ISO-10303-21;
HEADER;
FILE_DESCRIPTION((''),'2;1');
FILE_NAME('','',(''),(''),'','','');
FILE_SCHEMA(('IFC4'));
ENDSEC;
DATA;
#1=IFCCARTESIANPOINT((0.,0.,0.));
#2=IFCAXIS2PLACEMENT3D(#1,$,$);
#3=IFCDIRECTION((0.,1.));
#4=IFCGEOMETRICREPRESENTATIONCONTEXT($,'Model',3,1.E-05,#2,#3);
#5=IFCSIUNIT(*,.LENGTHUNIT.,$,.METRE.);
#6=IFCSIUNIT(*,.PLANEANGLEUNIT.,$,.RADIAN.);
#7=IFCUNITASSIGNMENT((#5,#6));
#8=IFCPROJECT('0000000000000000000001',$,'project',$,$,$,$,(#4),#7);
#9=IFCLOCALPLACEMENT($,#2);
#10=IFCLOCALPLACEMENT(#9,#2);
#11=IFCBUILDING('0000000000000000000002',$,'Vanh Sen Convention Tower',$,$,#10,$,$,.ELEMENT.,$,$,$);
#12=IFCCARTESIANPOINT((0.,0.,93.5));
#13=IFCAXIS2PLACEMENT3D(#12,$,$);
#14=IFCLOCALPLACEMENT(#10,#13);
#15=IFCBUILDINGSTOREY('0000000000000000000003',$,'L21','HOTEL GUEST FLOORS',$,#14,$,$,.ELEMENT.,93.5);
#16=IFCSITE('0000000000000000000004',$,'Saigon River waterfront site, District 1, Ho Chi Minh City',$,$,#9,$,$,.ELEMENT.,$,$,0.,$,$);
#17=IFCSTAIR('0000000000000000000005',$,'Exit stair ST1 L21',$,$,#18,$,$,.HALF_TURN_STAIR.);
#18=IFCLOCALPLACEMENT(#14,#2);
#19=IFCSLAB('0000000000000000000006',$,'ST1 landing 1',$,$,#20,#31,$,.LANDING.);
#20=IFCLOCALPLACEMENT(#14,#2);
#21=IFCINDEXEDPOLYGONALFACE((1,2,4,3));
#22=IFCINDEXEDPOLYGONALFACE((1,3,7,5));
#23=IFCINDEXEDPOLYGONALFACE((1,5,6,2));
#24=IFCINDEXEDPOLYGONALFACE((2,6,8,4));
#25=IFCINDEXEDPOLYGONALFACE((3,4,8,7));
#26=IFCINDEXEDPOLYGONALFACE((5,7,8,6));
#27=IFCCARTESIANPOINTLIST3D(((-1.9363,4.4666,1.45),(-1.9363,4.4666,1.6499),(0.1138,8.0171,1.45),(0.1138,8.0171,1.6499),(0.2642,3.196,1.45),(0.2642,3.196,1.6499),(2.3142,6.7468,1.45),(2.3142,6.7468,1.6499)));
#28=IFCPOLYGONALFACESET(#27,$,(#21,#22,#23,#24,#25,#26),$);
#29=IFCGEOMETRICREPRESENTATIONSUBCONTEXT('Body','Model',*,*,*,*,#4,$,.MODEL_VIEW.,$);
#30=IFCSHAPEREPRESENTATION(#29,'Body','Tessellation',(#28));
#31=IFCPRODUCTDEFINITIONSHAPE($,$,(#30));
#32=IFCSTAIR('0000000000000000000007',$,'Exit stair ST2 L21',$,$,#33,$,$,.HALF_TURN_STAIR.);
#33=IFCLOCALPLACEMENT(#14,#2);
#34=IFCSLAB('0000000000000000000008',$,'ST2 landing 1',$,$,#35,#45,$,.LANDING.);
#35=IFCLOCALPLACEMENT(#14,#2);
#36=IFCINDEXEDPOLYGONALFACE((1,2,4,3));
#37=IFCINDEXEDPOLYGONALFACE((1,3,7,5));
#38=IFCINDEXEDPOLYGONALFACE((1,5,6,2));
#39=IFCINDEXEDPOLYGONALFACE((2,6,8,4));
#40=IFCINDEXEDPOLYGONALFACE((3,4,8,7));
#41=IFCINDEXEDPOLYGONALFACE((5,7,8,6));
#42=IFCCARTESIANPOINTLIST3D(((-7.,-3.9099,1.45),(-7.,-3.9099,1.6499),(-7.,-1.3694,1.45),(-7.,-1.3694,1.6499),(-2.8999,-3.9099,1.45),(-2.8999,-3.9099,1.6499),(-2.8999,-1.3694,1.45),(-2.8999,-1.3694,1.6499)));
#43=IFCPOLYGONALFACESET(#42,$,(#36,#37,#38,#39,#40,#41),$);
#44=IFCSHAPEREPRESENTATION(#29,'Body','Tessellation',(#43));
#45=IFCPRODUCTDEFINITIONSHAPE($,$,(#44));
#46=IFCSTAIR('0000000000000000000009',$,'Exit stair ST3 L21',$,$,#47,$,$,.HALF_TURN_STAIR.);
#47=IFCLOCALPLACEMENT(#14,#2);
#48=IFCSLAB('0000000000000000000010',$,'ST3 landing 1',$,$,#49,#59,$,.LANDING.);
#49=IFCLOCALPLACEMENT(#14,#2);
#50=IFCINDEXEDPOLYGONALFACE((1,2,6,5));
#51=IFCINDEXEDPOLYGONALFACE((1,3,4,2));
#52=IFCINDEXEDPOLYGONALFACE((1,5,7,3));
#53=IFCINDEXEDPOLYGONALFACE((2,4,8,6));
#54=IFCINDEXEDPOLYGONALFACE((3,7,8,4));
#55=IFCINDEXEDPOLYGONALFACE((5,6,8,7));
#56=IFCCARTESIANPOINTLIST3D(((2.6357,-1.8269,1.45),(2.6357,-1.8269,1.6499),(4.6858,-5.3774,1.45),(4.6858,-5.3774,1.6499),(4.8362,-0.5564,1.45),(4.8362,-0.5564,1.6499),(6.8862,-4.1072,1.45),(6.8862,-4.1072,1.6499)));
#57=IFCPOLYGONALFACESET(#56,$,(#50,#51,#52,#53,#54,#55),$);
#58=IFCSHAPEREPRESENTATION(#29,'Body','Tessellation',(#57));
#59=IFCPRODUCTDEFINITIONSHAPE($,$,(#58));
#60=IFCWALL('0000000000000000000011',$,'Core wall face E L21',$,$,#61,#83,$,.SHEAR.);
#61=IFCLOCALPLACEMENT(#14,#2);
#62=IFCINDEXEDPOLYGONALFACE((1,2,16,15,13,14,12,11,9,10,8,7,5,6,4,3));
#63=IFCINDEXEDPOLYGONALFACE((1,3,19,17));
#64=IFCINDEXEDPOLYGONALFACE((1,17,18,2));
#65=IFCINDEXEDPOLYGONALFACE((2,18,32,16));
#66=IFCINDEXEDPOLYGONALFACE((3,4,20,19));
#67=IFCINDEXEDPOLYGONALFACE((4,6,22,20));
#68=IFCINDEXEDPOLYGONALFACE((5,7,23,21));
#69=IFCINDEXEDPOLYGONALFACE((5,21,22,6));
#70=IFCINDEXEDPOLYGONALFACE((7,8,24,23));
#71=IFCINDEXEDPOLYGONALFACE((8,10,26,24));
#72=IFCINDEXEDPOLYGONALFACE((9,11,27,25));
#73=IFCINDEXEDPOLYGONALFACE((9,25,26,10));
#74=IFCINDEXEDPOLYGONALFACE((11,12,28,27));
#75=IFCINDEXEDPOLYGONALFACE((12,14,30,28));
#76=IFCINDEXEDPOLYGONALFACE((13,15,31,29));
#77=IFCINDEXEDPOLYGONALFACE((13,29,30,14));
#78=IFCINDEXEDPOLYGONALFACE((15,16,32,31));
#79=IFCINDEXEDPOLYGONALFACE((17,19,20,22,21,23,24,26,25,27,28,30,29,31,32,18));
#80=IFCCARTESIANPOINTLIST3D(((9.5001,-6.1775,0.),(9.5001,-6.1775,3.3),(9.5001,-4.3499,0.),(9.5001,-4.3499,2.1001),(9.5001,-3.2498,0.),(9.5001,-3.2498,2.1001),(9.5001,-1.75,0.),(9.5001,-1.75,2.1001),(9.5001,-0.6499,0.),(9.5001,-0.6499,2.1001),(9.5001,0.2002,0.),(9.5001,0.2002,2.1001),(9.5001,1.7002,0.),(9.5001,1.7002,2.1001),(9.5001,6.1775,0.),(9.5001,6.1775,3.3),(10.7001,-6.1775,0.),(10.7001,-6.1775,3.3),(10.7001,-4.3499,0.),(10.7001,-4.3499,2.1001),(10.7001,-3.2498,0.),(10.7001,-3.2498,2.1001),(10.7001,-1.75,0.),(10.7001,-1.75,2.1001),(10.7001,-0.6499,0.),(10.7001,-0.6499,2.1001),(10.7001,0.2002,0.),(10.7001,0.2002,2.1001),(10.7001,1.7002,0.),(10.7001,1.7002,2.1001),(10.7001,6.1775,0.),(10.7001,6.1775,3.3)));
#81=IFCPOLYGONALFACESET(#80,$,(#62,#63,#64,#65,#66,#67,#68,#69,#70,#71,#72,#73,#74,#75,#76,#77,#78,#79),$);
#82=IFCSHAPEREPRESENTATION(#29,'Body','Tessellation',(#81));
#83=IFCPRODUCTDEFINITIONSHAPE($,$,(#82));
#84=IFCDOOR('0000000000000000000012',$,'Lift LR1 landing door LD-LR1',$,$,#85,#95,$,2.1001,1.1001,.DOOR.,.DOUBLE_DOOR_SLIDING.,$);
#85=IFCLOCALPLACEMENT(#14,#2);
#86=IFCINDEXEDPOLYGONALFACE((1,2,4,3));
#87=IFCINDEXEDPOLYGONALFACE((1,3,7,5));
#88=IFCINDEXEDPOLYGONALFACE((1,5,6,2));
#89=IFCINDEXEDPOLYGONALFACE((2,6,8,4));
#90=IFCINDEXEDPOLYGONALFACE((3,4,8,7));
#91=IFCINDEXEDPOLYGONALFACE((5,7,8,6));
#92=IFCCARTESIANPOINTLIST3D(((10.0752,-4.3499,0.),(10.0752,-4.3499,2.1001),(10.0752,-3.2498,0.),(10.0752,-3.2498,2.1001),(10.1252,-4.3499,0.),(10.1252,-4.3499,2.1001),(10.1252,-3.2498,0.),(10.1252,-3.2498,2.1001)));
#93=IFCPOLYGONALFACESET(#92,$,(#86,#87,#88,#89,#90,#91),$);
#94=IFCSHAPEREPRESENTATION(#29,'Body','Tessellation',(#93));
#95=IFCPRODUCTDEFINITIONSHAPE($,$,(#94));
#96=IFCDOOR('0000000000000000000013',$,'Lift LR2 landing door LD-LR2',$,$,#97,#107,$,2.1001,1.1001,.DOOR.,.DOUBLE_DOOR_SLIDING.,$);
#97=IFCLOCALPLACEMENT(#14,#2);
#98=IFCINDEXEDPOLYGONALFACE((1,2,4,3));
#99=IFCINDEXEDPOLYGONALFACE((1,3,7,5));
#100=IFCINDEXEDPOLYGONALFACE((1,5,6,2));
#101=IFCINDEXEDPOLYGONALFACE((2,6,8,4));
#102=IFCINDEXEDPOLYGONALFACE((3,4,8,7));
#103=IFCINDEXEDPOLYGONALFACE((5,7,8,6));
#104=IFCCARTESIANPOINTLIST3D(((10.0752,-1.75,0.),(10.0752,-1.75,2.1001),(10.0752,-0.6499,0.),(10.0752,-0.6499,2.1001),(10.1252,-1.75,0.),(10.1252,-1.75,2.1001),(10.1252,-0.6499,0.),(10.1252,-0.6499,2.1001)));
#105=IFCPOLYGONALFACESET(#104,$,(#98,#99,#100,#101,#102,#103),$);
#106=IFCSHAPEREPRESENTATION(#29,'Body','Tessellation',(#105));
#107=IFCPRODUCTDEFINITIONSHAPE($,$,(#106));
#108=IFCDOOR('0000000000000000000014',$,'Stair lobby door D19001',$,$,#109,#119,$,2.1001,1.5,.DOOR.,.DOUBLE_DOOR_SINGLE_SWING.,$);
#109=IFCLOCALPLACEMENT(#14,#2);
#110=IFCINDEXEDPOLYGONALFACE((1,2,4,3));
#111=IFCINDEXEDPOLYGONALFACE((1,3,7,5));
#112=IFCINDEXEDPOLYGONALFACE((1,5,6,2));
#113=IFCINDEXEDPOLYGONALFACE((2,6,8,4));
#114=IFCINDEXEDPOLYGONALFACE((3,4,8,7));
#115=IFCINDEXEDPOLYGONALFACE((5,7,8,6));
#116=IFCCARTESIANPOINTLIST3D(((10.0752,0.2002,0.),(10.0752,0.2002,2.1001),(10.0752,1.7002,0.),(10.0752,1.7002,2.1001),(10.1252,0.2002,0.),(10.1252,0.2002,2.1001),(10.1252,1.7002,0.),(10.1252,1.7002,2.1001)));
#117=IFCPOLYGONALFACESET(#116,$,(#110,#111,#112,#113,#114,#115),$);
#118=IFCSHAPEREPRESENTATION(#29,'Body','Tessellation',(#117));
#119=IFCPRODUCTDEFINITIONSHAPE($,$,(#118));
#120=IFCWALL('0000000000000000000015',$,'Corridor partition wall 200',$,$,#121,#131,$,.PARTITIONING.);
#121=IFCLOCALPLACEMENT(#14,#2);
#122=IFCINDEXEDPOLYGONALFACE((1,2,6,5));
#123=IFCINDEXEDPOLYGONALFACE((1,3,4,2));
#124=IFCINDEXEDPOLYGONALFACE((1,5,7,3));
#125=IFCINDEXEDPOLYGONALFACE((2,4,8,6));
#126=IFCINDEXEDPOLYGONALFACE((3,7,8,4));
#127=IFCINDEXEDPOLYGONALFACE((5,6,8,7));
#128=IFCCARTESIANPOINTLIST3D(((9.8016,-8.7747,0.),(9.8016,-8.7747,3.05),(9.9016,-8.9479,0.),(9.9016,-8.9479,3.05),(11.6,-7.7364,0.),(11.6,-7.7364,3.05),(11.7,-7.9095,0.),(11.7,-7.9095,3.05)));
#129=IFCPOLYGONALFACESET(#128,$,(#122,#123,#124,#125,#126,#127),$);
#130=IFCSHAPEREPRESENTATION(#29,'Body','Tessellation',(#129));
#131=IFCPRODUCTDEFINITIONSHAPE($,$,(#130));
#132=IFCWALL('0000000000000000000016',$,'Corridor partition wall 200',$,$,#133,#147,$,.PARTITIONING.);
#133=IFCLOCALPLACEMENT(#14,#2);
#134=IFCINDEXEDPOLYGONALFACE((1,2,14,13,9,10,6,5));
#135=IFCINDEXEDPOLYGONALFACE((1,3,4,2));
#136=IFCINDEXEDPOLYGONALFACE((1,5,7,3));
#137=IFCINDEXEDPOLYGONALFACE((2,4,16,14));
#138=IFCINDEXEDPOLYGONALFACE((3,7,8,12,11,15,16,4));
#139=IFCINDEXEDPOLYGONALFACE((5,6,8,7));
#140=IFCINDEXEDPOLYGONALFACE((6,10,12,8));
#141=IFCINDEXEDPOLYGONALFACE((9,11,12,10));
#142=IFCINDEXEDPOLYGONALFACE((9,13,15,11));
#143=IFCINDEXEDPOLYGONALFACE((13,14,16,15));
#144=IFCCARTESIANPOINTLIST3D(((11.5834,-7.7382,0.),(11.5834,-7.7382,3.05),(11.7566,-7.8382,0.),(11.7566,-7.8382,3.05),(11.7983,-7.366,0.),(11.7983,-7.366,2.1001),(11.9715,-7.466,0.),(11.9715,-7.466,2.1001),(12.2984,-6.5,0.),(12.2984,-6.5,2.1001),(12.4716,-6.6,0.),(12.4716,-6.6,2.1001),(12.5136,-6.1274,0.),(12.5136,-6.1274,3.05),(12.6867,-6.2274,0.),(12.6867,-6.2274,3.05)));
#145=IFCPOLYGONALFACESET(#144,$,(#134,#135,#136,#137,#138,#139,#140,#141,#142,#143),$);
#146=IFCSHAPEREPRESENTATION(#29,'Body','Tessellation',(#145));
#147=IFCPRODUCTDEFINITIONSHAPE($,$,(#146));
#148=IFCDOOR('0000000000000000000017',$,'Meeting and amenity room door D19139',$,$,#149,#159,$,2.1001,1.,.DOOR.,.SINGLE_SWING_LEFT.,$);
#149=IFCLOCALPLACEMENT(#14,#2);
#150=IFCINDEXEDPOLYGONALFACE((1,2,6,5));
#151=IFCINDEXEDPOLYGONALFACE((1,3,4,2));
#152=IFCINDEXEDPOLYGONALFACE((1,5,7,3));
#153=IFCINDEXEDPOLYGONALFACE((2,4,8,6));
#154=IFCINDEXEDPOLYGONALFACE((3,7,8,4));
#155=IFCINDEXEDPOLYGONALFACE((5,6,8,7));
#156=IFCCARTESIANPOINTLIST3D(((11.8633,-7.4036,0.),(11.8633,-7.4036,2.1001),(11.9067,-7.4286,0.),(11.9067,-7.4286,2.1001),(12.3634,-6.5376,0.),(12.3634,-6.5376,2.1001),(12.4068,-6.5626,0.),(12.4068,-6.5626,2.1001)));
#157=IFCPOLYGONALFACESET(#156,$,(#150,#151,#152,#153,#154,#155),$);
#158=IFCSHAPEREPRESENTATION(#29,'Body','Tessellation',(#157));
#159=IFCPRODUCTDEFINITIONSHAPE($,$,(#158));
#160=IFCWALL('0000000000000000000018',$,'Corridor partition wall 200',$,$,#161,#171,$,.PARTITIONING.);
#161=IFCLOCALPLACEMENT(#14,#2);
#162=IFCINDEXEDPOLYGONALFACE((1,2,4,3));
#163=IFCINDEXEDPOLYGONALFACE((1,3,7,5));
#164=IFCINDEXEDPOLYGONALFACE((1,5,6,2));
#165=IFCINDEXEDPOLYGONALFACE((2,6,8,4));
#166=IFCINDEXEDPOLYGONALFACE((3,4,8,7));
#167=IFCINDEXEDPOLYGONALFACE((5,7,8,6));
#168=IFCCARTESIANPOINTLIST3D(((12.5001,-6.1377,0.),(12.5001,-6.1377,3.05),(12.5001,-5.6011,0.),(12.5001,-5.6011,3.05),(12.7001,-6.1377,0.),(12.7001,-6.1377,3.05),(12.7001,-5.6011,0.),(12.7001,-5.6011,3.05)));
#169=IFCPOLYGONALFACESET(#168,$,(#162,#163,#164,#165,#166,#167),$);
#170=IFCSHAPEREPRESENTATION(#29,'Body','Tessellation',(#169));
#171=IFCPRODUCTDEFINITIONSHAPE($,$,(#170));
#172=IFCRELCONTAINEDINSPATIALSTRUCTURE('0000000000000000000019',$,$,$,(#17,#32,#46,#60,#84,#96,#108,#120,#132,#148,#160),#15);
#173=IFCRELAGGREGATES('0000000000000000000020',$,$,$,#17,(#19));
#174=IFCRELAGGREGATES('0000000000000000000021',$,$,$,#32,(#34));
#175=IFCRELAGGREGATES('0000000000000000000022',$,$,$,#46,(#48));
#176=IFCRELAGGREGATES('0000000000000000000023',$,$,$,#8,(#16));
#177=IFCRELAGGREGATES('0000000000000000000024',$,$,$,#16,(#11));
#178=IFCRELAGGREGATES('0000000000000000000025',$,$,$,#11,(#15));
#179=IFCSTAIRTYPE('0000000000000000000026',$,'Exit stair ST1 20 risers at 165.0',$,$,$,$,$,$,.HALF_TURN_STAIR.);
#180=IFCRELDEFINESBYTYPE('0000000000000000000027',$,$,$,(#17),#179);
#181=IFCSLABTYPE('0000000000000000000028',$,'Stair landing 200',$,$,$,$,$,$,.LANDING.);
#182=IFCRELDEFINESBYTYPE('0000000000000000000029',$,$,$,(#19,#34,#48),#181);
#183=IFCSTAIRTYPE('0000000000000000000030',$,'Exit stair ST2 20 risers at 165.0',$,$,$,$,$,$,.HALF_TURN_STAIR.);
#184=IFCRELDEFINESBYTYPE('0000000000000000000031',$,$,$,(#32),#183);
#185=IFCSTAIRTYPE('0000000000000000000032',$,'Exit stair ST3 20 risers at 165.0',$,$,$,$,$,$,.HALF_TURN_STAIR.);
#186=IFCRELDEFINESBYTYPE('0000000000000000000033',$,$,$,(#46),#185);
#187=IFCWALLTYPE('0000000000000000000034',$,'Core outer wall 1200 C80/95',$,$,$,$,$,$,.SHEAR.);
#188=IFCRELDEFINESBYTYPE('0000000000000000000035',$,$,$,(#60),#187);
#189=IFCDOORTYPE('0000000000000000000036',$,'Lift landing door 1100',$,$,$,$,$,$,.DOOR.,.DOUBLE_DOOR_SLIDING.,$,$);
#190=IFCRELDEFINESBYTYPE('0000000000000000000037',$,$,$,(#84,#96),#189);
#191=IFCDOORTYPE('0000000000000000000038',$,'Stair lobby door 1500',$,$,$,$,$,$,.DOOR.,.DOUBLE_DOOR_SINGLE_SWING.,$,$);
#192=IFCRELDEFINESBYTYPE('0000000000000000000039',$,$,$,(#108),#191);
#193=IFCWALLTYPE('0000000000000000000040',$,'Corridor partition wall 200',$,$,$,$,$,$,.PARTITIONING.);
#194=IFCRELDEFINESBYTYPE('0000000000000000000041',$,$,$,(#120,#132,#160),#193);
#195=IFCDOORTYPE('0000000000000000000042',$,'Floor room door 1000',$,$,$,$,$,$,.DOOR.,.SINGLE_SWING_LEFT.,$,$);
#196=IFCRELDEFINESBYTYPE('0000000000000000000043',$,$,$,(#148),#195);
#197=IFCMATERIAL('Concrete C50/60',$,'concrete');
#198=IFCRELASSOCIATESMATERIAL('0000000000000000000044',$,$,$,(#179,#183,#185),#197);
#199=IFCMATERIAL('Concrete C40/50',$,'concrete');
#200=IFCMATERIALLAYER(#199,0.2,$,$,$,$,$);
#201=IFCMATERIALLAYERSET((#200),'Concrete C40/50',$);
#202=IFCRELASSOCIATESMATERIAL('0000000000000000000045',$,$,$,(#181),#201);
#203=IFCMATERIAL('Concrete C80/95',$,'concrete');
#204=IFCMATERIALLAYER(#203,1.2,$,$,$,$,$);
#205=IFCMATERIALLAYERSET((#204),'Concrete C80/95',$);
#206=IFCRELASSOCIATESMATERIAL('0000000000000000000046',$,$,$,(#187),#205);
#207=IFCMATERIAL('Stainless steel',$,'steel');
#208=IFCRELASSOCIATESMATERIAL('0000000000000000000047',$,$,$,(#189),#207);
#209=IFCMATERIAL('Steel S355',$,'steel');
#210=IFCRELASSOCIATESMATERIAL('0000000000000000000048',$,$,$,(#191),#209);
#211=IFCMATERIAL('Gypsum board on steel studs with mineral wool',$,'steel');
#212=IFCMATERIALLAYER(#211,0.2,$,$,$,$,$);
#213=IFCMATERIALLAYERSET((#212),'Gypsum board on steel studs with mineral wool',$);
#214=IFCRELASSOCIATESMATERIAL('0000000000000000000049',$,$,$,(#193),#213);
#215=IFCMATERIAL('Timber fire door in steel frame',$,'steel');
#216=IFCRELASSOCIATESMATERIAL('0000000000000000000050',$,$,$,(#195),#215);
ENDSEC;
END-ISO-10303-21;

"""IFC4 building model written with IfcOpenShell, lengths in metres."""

from ifc_helpers import new_model, si_unit, direction, frame, frame_2d, origin, place, context, subcontext, project, spatial, polyline, rectangle, outline, extrude, material, layer, layer_set, type_object, element, fill, aggregate, save


model = new_model("IFC4")

# Units and contexts
model_context = context("Model", 3, precision=1e-05, world=origin(), true_north=direction((0.0, 1.0)))
body_context = subcontext(model_context, "Body", "Model", "MODEL_VIEW")
ifc_project = project(units=[si_unit("LENGTHUNIT", "METRE"), si_unit("PLANEANGLEUNIT", "RADIAN")], contexts=[model_context])

# Site, building, storey
site_placement = place(None, origin())
site = spatial("IfcSite", under=ifc_project, at=site_placement, Name="Saigon River waterfront site, District 1, Ho Chi Minh City", CompositionType="ELEMENT", RefElevation=0.0)
building_placement = place(site_placement, origin())
building = spatial("IfcBuilding", under=site, at=building_placement, Name="Vanh Sen Convention Tower", CompositionType="ELEMENT")
storey_placement = place(building_placement, frame((0.0, 0.0, 93.5)))
storey = spatial("IfcBuildingStorey", under=building, at=storey_placement, Name="L21", Description="HOTEL GUEST FLOORS", CompositionType="ELEMENT", Elevation=93.5)

# Stairs, slabs
ifc_material_1 = material(Name="Concrete C50/60", Category="concrete")
stair_type_1 = type_object("IfcStairType", Name="Exit stair ST1 20 risers at 165.0", PredefinedType="HALF_TURN_STAIR", material=ifc_material_1)
stair_1_placement = place(storey_placement, origin())
stair_1 = element("IfcStair", 1, at=stair_1_placement, inside=storey, type_object=stair_type_1, Name="Exit stair ST1 L21", PredefinedType="HALF_TURN_STAIR")
ifc_material_2 = material(Name="Concrete C40/50", Category="concrete")
ifc_layer_1 = layer(ifc_material_2, 0.2)
ifc_layer_set_1 = layer_set([ifc_layer_1], Name="Concrete C40/50")
slab_type = type_object("IfcSlabType", Name="Stair landing 200", PredefinedType="LANDING", material=ifc_layer_set_1)
slab_1_placement = place(storey_placement, frame((0.0, 0.0, 1.45)))
slab_1 = element("IfcSlab", 2, at=slab_1_placement, type_object=slab_type, Name="ST1 landing 1", PredefinedType="LANDING", context=body_context, shape_type="SweptSolid", body=[
    extrude(outline(polyline([(2.3142, 6.7468), (0.1138, 8.0171), (-1.9363, 4.4666), (0.2642, 3.196), (2.3142, 6.7468)])), origin(), (0.0, 0.0, 1.0), 0.2),
])
aggregate(stair_1, [slab_1])
stair_type_2 = type_object("IfcStairType", Name="Exit stair ST2 20 risers at 165.0", PredefinedType="HALF_TURN_STAIR", material=ifc_material_1)
stair_2_placement = place(storey_placement, origin())
stair_2 = element("IfcStair", 3, at=stair_2_placement, inside=storey, type_object=stair_type_2, Name="Exit stair ST2 L21", PredefinedType="HALF_TURN_STAIR")
slab_2_placement = place(storey_placement, frame((0.0, 0.0, 1.45)))
slab_2 = element("IfcSlab", 4, at=slab_2_placement, type_object=slab_type, Name="ST2 landing 1", PredefinedType="LANDING", context=body_context, shape_type="SweptSolid", body=[
    extrude(outline(polyline([(-7.0, -1.3694), (-7.0, -3.9099), (-2.8999, -3.9099), (-2.8999, -1.3694), (-7.0, -1.3694)])), origin(), (0.0, 0.0, 1.0), 0.2),
])
aggregate(stair_2, [slab_2])
stair_type_3 = type_object("IfcStairType", Name="Exit stair ST3 20 risers at 165.0", PredefinedType="HALF_TURN_STAIR", material=ifc_material_1)
stair_3_placement = place(storey_placement, origin())
stair_3 = element("IfcStair", 5, at=stair_3_placement, inside=storey, type_object=stair_type_3, Name="Exit stair ST3 L21", PredefinedType="HALF_TURN_STAIR")
slab_3_placement = place(storey_placement, frame((0.0, 0.0, 1.45)))
slab_3 = element("IfcSlab", 6, at=slab_3_placement, type_object=slab_type, Name="ST3 landing 1", PredefinedType="LANDING", context=body_context, shape_type="SweptSolid", body=[
    extrude(outline(polyline([(4.6858, -5.3774), (6.8862, -4.1072), (4.8362, -0.5564), (2.6357, -1.8269), (4.6858, -5.3774)])), origin(), (0.0, 0.0, 1.0), 0.2),
])
aggregate(stair_3, [slab_3])

# Wall, openings, doors
ifc_material_3 = material(Name="Concrete C80/95", Category="concrete")
ifc_layer_2 = layer(ifc_material_3, 1.2)
ifc_layer_set_2 = layer_set([ifc_layer_2], Name="Concrete C80/95")
wall_type_1 = type_object("IfcWallType", Name="Core outer wall 1200 C80/95", PredefinedType="SHEAR", material=ifc_layer_set_2)
wall_1_placement = place(storey_placement, frame((10.1001, -6.1775, 0.0), z_axis=(0.0, 0.0, 1.0), x_axis=(0.0, 1.0, 0.0)))
wall_1 = element("IfcWall", 7, at=wall_1_placement, inside=storey, type_object=wall_type_1, Name="Core wall face E L21", PredefinedType="SHEAR", context=body_context, shape_type="SweptSolid", body=[
    extrude(rectangle(XDim=12.355, YDim=1.2, at=frame_2d((6.1775, 0.0))), origin(), (0.0, 0.0, 1.0), 3.3),
])
opening_1_placement = place(wall_1_placement, frame((6.3777, 0.0, 0.0)))
opening_1 = element("IfcOpeningElement", 8, at=opening_1_placement, cuts=wall_1, PredefinedType="OPENING", context=body_context, shape_type="SweptSolid", body=[
    extrude(rectangle(XDim=1.5, YDim=2.1001, at=frame_2d((0.75, 1.05))), frame((0.0, 0.6099, 0.0), z_axis=(0.0, -1.0, 0.0), x_axis=(1.0, 0.0, 0.0)), (0.0, 0.0, 1.0), 1.22),
])
opening_2_placement = place(wall_1_placement, frame((1.8276, 0.0, 0.0)))
opening_2 = element("IfcOpeningElement", 9, at=opening_2_placement, cuts=wall_1, PredefinedType="OPENING", context=body_context, shape_type="SweptSolid", body=[
    extrude(rectangle(XDim=1.1001, YDim=2.1001, at=frame_2d((0.55, 1.05))), frame((0.0, 0.6099, 0.0), z_axis=(0.0, -1.0, 0.0), x_axis=(1.0, 0.0, 0.0)), (0.0, 0.0, 1.0), 1.22),
])
opening_3_placement = place(wall_1_placement, frame((4.4275, 0.0, 0.0)))
opening_3 = element("IfcOpeningElement", 10, at=opening_3_placement, cuts=wall_1, PredefinedType="OPENING", context=body_context, shape_type="SweptSolid", body=[
    extrude(rectangle(XDim=1.1001, YDim=2.1001, at=frame_2d((0.55, 1.05))), frame((0.0, 0.6099, 0.0), z_axis=(0.0, -1.0, 0.0), x_axis=(1.0, 0.0, 0.0)), (0.0, 0.0, 1.0), 1.22),
])
ifc_material_4 = material(Name="Stainless steel", Category="steel")
door_type_1 = type_object("IfcDoorType", Name="Lift landing door 1100", OperationType="DOUBLE_DOOR_SLIDING", PredefinedType="DOOR", material=ifc_material_4)
door_1_placement = place(opening_2_placement, origin())
door_1 = element("IfcDoor", 11, at=door_1_placement, inside=storey, type_object=door_type_1, Name="Lift LR1 landing door LD-LR1", OperationType="DOUBLE_DOOR_SLIDING", OverallHeight=2.1001, OverallWidth=1.1001, PredefinedType="DOOR", context=body_context, shape_type="SweptSolid", body=[
    extrude(rectangle(XDim=1.1001, YDim=2.1001, at=frame_2d((0.55, 1.05))), frame((0.0, 0.0249, 0.0), z_axis=(0.0, -1.0, 0.0), x_axis=(1.0, 0.0, 0.0)), (0.0, 0.0, 1.0), 0.05),
])
fill(opening_2, door_1)
door_2_placement = place(opening_3_placement, origin())
door_2 = element("IfcDoor", 12, at=door_2_placement, inside=storey, type_object=door_type_1, Name="Lift LR2 landing door LD-LR2", OperationType="DOUBLE_DOOR_SLIDING", OverallHeight=2.1001, OverallWidth=1.1001, PredefinedType="DOOR", context=body_context, shape_type="SweptSolid", body=[
    extrude(rectangle(XDim=1.1001, YDim=2.1001, at=frame_2d((0.55, 1.05))), frame((0.0, 0.0249, 0.0), z_axis=(0.0, -1.0, 0.0), x_axis=(1.0, 0.0, 0.0)), (0.0, 0.0, 1.0), 0.05),
])
fill(opening_3, door_2)
ifc_material_5 = material(Name="Steel S355", Category="steel")
door_type_2 = type_object("IfcDoorType", Name="Stair lobby door 1500", OperationType="DOUBLE_DOOR_SINGLE_SWING", PredefinedType="DOOR", material=ifc_material_5)
door_3_placement = place(opening_1_placement, origin())
door_3 = element("IfcDoor", 13, at=door_3_placement, inside=storey, type_object=door_type_2, Name="Stair lobby door D19001", OperationType="DOUBLE_DOOR_SINGLE_SWING", OverallHeight=2.1001, OverallWidth=1.5, PredefinedType="DOOR", context=body_context, shape_type="SweptSolid", body=[
    extrude(rectangle(XDim=1.5, YDim=2.1001, at=frame_2d((0.75, 1.05))), frame((0.0, 0.0249, 0.0), z_axis=(0.0, -1.0, 0.0), x_axis=(1.0, 0.0, 0.0)), (0.0, 0.0, 1.0), 0.05),
])
fill(opening_1, door_3)

# Wall
ifc_material_6 = material(Name="Gypsum board on steel studs with mineral wool", Category="steel")
ifc_layer_3 = layer(ifc_material_6, 0.2)
ifc_layer_set_3 = layer_set([ifc_layer_3], Name="Gypsum board on steel studs with mineral wool")
wall_type_2 = type_object("IfcWallType", Name="Corridor partition wall 200", PredefinedType="PARTITIONING", material=ifc_layer_set_3)
wall_2_placement = place(storey_placement, frame((9.8516, -8.8613, 0.0), z_axis=(0.0, 0.0, 1.0), x_axis=(0.866013, 0.500021, 0.0)))
element("IfcWall", 14, at=wall_2_placement, inside=storey, type_object=wall_type_2, Name="Corridor partition wall 200", PredefinedType="PARTITIONING", context=body_context, shape_type="SweptSolid", body=[
    extrude(rectangle(XDim=2.0767, YDim=0.2, at=frame_2d((1.0383, 0.0))), origin(), (0.0, 0.0, 1.0), 3.05),
])

# Wall, opening, door
wall_3_placement = place(storey_placement, frame((11.6699, -7.7883, 0.0), z_axis=(0.0, 0.0, 1.0), x_axis=(0.500063, 0.865989, 0.0)))
wall_3 = element("IfcWall", 15, at=wall_3_placement, inside=storey, type_object=wall_type_2, Name="Corridor partition wall 200", PredefinedType="PARTITIONING", context=body_context, shape_type="SweptSolid", body=[
    extrude(rectangle(XDim=1.8601, YDim=0.2, at=frame_2d((0.9302, 0.0))), origin(), (0.0, 0.0, 1.0), 3.05),
])
opening_4_placement = place(wall_3_placement, frame((0.4299, 0.0, 0.0)))
opening_4 = element("IfcOpeningElement", 16, at=opening_4_placement, cuts=wall_3, PredefinedType="OPENING", context=body_context, shape_type="SweptSolid", body=[
    extrude(rectangle(XDim=1.0, YDim=2.1001, at=frame_2d((0.5, 1.05))), frame((0.0, 0.1099, 0.0), z_axis=(0.0, -1.0, 0.0), x_axis=(1.0, 0.0, 0.0)), (0.0, 0.0, 1.0), 0.22),
])
ifc_material_7 = material(Name="Timber fire door in steel frame", Category="steel")
door_type_3 = type_object("IfcDoorType", Name="Floor room door 1000", OperationType="SINGLE_SWING_LEFT", PredefinedType="DOOR", material=ifc_material_7)
door_4_placement = place(opening_4_placement, origin())
door_4 = element("IfcDoor", 17, at=door_4_placement, inside=storey, type_object=door_type_3, Name="Meeting and amenity room door D19139", OperationType="SINGLE_SWING_LEFT", OverallHeight=2.1001, OverallWidth=1.0, PredefinedType="DOOR", context=body_context, shape_type="SweptSolid", body=[
    extrude(rectangle(XDim=1.0, YDim=2.1001, at=frame_2d((0.5, 1.05))), frame((0.0, 0.0249, 0.0), z_axis=(0.0, -1.0, 0.0), x_axis=(1.0, 0.0, 0.0)), (0.0, 0.0, 1.0), 0.05),
])
fill(opening_4, door_4)

# Wall
wall_4_placement = place(storey_placement, frame((12.6001, -6.1377, 0.0), z_axis=(0.0, 0.0, 1.0), x_axis=(0.0, 1.0, 0.0)))
element("IfcWall", 18, at=wall_4_placement, inside=storey, type_object=wall_type_2, Name="Corridor partition wall 200", PredefinedType="PARTITIONING", context=body_context, shape_type="SweptSolid", body=[
    extrude(rectangle(XDim=0.5366, YDim=0.2, at=frame_2d((0.2683, 0.0))), origin(), (0.0, 0.0, 1.0), 3.05),
])

save(model, "model.ifc")
